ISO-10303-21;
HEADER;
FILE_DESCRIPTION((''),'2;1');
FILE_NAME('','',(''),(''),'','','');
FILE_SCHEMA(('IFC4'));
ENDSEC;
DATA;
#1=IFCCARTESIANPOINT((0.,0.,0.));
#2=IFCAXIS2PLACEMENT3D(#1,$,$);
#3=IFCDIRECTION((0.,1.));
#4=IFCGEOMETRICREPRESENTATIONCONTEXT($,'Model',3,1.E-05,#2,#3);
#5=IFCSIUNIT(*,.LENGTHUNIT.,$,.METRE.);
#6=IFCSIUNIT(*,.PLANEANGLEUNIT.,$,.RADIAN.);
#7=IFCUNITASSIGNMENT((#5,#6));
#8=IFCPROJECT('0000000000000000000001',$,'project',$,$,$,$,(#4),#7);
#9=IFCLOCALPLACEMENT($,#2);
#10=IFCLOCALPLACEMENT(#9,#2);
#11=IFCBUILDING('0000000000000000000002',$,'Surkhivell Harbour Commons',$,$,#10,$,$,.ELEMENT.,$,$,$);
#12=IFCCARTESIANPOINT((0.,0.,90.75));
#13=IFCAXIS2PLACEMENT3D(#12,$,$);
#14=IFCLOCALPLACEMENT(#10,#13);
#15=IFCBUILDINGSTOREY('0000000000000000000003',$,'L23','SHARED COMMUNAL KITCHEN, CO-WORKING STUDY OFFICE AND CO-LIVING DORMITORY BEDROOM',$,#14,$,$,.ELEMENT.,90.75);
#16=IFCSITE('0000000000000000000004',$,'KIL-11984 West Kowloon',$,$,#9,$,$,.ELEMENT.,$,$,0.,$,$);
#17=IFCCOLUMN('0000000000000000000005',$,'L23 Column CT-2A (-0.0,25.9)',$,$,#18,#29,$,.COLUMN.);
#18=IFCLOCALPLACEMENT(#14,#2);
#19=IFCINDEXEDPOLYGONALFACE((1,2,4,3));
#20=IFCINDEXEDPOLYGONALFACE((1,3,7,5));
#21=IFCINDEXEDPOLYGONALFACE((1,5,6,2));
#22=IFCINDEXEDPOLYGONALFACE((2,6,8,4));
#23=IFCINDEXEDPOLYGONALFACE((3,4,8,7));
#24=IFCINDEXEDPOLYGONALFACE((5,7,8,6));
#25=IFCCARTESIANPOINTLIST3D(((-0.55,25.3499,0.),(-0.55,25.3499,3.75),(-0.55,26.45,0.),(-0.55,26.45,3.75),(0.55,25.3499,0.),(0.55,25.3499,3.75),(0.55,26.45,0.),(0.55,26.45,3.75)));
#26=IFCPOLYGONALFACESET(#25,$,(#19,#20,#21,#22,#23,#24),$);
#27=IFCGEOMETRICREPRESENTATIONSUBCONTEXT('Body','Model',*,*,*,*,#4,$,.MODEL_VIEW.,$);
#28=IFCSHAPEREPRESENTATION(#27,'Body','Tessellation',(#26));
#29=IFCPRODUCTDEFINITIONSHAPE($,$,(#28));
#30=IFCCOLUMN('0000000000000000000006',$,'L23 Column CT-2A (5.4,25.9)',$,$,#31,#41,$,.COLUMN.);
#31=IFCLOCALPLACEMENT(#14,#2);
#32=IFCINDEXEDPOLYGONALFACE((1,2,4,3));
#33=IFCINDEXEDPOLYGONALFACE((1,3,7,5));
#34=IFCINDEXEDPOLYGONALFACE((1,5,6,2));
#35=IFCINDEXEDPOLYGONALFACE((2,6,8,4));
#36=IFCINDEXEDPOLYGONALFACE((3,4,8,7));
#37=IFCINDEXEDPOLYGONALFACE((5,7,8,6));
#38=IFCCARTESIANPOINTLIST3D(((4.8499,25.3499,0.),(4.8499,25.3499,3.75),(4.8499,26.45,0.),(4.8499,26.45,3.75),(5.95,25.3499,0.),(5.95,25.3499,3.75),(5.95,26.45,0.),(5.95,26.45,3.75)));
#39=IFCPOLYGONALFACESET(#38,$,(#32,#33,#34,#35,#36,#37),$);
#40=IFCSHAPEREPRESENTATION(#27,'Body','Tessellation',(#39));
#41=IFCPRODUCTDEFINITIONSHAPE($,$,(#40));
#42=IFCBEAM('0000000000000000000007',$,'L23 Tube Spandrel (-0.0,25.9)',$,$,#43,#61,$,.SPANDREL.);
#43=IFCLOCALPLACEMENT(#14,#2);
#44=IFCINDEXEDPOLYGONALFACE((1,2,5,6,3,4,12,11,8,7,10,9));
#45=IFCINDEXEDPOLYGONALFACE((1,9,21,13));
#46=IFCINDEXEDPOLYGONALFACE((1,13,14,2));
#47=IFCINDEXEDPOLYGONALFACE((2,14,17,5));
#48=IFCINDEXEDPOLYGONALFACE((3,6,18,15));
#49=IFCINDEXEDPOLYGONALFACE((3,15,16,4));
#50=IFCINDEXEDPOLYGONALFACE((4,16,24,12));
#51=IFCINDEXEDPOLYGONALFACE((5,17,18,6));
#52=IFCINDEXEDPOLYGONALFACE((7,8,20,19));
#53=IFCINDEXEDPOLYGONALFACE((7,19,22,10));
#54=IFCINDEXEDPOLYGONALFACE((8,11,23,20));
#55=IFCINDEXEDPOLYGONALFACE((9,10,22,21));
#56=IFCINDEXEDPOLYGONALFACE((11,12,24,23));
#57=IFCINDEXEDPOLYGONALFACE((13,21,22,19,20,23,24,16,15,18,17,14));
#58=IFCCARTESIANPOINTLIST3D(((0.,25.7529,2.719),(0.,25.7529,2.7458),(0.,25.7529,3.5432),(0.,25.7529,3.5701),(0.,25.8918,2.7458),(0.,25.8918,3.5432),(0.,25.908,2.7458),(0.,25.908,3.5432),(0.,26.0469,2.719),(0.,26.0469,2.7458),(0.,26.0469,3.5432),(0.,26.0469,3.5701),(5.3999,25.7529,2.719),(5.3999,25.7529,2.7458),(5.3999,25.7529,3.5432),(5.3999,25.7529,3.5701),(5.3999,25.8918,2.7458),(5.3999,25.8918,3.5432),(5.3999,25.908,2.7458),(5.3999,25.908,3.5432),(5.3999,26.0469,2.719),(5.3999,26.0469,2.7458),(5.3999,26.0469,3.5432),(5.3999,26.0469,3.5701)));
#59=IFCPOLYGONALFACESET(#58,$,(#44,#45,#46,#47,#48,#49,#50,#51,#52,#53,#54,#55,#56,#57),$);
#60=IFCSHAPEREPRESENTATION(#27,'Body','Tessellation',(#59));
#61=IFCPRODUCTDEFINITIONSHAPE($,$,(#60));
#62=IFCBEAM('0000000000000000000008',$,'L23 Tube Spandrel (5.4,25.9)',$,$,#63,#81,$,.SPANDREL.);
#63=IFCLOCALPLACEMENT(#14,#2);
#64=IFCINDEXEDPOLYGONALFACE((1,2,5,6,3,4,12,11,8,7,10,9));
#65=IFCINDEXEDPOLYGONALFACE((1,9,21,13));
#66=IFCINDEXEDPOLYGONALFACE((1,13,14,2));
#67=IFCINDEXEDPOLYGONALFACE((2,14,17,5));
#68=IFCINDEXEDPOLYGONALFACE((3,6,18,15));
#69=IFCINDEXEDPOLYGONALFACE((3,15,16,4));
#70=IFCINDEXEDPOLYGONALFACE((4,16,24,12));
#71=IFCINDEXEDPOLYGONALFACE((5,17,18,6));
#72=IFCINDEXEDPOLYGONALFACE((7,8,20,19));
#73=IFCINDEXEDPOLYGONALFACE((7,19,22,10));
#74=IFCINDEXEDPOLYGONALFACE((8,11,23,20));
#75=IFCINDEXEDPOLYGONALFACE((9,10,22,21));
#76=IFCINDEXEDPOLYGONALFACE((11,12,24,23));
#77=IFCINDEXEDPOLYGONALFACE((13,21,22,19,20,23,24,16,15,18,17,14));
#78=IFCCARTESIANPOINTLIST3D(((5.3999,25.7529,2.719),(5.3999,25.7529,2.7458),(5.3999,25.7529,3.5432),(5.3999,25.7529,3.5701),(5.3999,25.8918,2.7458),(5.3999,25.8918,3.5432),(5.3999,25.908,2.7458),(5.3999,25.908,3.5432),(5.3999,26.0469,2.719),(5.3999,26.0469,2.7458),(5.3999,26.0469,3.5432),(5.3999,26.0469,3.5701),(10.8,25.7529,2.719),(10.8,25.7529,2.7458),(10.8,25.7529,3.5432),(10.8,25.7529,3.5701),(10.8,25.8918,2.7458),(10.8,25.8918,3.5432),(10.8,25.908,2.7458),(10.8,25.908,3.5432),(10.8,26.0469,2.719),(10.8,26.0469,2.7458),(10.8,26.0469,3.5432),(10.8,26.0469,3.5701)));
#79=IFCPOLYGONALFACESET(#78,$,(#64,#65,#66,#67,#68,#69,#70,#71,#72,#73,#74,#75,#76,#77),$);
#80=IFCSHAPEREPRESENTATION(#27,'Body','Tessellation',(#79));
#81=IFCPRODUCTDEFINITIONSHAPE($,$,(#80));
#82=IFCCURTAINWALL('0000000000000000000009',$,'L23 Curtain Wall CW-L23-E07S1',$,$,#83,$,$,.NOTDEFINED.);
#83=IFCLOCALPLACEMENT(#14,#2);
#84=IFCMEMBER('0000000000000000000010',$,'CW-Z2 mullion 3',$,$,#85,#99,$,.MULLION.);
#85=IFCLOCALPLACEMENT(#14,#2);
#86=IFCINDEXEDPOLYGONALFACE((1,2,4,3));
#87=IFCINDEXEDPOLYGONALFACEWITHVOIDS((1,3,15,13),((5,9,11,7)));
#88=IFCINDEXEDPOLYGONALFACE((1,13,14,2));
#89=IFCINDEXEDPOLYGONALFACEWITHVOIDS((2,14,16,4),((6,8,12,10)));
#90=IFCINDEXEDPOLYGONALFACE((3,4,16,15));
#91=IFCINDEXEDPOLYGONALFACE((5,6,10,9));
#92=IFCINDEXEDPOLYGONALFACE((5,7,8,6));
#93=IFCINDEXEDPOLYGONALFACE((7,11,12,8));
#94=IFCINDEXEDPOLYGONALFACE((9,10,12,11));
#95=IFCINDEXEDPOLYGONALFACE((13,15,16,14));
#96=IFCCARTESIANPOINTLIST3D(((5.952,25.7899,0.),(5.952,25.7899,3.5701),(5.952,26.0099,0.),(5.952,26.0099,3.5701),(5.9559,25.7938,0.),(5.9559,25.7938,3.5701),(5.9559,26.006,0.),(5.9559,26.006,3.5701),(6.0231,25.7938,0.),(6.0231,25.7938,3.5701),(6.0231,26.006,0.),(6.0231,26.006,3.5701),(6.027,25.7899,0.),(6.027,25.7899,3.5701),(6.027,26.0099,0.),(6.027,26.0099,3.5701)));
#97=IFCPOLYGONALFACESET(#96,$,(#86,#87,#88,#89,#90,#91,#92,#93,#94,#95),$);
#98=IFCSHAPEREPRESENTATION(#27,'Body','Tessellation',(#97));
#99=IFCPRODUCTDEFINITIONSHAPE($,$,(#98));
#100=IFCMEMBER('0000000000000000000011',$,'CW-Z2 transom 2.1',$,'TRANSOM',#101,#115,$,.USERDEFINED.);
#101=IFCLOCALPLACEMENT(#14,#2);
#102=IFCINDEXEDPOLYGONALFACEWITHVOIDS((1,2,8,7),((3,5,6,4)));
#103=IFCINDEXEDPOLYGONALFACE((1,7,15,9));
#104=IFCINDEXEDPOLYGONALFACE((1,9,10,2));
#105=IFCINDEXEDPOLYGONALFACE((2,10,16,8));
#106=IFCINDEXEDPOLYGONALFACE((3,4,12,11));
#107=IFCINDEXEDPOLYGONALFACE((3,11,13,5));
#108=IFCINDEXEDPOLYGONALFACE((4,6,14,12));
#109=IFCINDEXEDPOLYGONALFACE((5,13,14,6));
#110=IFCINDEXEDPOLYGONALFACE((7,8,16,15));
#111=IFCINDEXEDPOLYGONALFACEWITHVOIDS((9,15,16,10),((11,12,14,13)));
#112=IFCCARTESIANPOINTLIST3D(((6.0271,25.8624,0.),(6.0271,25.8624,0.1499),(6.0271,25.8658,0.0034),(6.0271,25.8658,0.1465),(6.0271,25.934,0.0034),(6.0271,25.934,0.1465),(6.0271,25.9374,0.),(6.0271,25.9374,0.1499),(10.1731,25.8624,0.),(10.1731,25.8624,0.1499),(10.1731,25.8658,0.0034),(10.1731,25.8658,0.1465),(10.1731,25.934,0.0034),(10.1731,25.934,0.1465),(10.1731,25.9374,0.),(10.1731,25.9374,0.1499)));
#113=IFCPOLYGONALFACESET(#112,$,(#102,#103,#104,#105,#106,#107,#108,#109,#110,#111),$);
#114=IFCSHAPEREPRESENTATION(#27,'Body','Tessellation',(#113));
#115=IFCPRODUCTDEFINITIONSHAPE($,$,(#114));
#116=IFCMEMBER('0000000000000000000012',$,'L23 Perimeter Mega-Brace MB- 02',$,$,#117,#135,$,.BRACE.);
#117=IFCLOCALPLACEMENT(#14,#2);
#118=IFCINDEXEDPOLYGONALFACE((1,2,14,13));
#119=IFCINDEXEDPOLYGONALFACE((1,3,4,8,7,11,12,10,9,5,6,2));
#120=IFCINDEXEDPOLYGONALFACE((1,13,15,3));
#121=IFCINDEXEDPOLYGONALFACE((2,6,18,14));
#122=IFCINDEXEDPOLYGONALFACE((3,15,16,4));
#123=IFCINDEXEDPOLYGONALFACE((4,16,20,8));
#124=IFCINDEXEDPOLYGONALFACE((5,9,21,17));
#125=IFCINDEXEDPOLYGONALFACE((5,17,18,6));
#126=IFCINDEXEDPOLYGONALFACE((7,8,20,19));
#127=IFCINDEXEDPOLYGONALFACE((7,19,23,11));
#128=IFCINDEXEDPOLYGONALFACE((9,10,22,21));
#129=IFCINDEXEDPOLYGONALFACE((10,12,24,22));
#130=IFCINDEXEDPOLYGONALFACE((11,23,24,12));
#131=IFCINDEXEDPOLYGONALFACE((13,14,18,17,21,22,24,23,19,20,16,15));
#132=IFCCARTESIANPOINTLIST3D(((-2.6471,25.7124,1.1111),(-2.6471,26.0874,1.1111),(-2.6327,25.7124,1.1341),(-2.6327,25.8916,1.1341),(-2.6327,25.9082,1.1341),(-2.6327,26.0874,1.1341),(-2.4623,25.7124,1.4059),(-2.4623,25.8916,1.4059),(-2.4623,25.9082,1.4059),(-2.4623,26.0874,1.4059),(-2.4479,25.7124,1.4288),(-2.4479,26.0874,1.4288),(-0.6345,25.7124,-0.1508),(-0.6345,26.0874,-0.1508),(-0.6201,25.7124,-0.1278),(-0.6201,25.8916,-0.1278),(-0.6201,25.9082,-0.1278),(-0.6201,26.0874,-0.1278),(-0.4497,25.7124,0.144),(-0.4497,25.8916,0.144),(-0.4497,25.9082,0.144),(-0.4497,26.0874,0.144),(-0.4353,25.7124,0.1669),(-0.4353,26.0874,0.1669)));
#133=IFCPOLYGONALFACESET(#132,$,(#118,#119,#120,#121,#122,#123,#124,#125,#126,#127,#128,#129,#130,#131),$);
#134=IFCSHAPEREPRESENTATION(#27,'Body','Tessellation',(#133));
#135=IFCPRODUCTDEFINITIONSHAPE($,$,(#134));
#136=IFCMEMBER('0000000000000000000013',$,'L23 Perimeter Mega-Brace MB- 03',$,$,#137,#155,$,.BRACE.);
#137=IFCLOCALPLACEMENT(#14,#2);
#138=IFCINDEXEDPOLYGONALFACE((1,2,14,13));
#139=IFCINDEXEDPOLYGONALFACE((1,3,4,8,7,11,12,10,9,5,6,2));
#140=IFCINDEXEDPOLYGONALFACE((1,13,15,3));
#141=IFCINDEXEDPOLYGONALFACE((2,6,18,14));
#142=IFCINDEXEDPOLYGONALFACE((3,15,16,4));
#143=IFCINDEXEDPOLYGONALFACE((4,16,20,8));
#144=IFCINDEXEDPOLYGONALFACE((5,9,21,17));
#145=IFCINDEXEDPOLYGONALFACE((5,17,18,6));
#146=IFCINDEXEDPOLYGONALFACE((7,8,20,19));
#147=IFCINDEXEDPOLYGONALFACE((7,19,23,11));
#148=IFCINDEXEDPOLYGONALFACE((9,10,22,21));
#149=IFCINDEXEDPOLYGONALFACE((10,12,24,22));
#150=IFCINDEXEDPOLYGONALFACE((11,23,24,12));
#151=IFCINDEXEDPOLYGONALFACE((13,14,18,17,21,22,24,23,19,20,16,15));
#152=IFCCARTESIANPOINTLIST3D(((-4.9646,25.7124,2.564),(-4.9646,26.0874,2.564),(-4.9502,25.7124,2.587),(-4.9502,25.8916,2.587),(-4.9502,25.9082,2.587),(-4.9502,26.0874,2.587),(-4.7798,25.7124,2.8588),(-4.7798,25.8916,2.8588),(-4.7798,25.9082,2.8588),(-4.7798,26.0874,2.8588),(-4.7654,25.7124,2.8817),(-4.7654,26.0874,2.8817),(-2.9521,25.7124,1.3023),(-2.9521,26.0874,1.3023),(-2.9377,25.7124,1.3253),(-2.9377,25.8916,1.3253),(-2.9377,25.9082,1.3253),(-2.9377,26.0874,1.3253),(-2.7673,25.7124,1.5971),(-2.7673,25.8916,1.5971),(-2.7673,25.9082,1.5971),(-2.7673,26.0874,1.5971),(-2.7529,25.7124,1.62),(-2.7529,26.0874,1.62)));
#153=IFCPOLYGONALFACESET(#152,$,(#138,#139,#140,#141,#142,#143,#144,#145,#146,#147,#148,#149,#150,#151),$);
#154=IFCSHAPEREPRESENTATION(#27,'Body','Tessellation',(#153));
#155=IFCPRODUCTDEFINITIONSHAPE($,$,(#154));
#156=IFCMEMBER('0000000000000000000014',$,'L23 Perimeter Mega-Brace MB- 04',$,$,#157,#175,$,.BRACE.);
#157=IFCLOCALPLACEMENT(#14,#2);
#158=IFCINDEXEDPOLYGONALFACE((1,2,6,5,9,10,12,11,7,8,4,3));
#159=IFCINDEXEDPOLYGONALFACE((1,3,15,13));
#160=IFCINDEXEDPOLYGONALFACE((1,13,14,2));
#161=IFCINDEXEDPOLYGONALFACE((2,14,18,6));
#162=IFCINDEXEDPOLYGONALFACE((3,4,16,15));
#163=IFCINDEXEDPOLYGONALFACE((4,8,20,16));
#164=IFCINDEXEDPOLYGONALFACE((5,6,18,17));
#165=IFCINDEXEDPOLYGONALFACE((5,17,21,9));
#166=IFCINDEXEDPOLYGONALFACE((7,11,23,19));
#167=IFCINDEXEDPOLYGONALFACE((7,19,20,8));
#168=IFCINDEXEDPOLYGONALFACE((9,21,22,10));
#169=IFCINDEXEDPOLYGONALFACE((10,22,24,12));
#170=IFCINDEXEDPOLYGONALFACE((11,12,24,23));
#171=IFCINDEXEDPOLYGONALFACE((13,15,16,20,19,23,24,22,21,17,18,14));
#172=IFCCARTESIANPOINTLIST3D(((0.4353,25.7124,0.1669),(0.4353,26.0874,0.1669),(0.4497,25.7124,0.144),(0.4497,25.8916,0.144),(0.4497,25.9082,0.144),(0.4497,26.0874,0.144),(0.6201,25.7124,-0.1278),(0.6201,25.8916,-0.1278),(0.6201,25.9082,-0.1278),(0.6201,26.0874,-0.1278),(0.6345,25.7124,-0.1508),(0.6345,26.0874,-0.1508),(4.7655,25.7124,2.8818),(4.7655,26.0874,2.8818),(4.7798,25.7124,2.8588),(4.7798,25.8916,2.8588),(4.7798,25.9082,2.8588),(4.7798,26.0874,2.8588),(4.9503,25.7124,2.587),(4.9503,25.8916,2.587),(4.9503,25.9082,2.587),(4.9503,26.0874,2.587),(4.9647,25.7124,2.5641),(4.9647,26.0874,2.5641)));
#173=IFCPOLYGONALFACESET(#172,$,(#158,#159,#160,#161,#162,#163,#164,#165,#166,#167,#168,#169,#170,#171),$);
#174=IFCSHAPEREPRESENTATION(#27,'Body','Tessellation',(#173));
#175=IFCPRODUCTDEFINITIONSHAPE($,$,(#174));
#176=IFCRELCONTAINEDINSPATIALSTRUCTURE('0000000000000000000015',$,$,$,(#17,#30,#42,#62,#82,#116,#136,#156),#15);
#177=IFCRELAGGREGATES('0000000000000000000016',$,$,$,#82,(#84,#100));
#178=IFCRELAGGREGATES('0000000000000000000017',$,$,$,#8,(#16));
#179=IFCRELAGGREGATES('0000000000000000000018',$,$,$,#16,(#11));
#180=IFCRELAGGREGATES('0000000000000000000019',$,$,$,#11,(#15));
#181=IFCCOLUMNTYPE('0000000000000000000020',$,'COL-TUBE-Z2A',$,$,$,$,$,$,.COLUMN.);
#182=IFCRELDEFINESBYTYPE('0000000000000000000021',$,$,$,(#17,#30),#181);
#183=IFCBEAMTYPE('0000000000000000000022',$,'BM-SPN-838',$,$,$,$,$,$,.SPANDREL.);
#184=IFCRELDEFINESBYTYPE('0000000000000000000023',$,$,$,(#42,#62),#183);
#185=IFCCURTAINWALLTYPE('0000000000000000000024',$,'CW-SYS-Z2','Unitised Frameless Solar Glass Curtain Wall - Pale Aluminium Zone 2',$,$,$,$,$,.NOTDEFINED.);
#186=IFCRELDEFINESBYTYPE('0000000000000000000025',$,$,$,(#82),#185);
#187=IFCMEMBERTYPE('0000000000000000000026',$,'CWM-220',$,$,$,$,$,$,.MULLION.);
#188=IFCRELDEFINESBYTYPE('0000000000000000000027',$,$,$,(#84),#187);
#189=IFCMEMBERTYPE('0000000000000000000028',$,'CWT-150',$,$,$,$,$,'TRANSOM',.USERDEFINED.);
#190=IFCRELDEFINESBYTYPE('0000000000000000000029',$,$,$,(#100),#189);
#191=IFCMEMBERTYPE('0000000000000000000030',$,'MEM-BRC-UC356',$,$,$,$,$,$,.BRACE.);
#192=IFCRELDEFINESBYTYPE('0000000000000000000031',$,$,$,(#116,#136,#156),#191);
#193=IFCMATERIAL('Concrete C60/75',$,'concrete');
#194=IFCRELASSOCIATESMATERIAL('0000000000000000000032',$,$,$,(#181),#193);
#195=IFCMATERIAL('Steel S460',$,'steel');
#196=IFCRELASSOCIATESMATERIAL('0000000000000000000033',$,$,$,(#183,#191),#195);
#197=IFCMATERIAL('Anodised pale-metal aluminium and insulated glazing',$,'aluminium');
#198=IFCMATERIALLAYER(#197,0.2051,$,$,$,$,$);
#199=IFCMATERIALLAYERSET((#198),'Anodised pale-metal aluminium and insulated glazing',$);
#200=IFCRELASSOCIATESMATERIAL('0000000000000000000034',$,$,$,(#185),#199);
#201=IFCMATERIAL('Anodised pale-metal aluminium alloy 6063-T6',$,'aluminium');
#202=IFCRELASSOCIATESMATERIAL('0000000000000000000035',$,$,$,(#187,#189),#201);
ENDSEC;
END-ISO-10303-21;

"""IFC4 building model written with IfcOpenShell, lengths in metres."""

from ifc_helpers import new_model, si_unit, direction, frame, origin, origin_2d, place, context, subcontext, project, spatial, rectangle, hollow_rectangle, i_section, extrude, material, layer, layer_set, material_profile, profile_set, type_object, element, aggregate, save


model = new_model("IFC4")

# Units and contexts
model_context = context("Model", 3, precision=1e-05, world=origin(), true_north=direction((0.0, 1.0)))
body_context = subcontext(model_context, "Body", "Model", "MODEL_VIEW")
ifc_project = project(units=[si_unit("LENGTHUNIT", "METRE"), si_unit("PLANEANGLEUNIT", "RADIAN")], contexts=[model_context])

# Site, building, storey
site_placement = place(None, origin())
site = spatial("IfcSite", under=ifc_project, at=site_placement, Name="KIL-11984 West Kowloon", CompositionType="ELEMENT", RefElevation=0.0)
building_placement = place(site_placement, origin())
building = spatial("IfcBuilding", under=site, at=building_placement, Name="Surkhivell Harbour Commons", CompositionType="ELEMENT")
storey_placement = place(building_placement, frame((0.0, 0.0, 90.75)))
storey = spatial("IfcBuildingStorey", under=building, at=storey_placement, Name="L23", Description="SHARED COMMUNAL KITCHEN, CO-WORKING STUDY OFFICE AND CO-LIVING DORMITORY BEDROOM", CompositionType="ELEMENT", Elevation=90.75)

# Columns
ifc_material_1 = material(Name="Concrete C60/75", Category="concrete")
ifc_material_profile_1 = material_profile(ifc_material_1, rectangle(XDim=1.1001, YDim=1.1001, at=origin_2d()), Name="RC-COL-1100x1100")
ifc_profile_set_1 = profile_set([ifc_material_profile_1], Name="Concrete C60/75")
column_type = type_object("IfcColumnType", Name="COL-TUBE-Z2A", PredefinedType="COLUMN", material=ifc_profile_set_1)
for number, where, z_axis, x_axis, name in (
    (1, (0.0, 25.8999, 0.0), (0.0, 0.0, 1.0), (1.0, 0.0, 0.0), "L23 Column CT-2A (-0.0,25.9)"),
    (2, (5.3999, 25.8999, 0.0), (0.0, 0.0, 1.0), (1.0, 0.0, 0.0), "L23 Column CT-2A (5.4,25.9)"),
):
    element("IfcColumn", number, at=place(storey_placement, frame(where, z_axis=z_axis, x_axis=x_axis)), inside=storey, type_object=column_type, Name=name, PredefinedType="COLUMN", context=body_context, shape_type="SweptSolid", body=[
        extrude(rectangle(XDim=1.1001, YDim=1.1001, at=origin_2d()), origin(), (0.0, 0.0, 1.0), 3.75),
    ])

# Beams
ifc_material_2 = material(Name="Steel S460", Category="steel")
ifc_material_profile_2 = material_profile(ifc_material_2, i_section(OverallWidth=0.2939, OverallDepth=0.8511, WebThickness=0.0161, FlangeThickness=0.0269, at=origin_2d()), Name="UB838x292x226")
ifc_profile_set_2 = profile_set([ifc_material_profile_2], Name="Steel S460")
beam_type = type_object("IfcBeamType", Name="BM-SPN-838", PredefinedType="SPANDREL", material=ifc_profile_set_2)
beam_1_placement = place(storey_placement, frame((0.0, 25.8999, 3.1445), z_axis=(1.0, 0.0, 0.0), x_axis=(0.0, 1.0, 0.0)))
element("IfcBeam", 3, at=beam_1_placement, inside=storey, type_object=beam_type, Name="L23 Tube Spandrel (-0.0,25.9)", PredefinedType="SPANDREL", context=body_context, shape_type="SweptSolid", body=[
    extrude(i_section(OverallWidth=0.2939, OverallDepth=0.8511, WebThickness=0.0161, FlangeThickness=0.0269, at=origin_2d()), origin(), (0.0, 0.0, 1.0), 5.3999),
])
beam_2_placement = place(storey_placement, frame((5.3999, 25.8999, 3.1445), z_axis=(1.0, 0.0, 0.0), x_axis=(0.0, 1.0, 0.0)))
element("IfcBeam", 4, at=beam_2_placement, inside=storey, type_object=beam_type, Name="L23 Tube Spandrel (5.4,25.9)", PredefinedType="SPANDREL", context=body_context, shape_type="SweptSolid", body=[
    extrude(i_section(OverallWidth=0.2939, OverallDepth=0.8511, WebThickness=0.0161, FlangeThickness=0.0269, at=origin_2d()), origin(), (0.0, 0.0, 1.0), 5.4001),
])

# Curtain wall, members
ifc_material_3 = material(Name="Anodised pale-metal aluminium and insulated glazing", Category="aluminium")
ifc_layer_1 = layer(ifc_material_3, 0.2051)
ifc_layer_set_1 = layer_set([ifc_layer_1], Name="Anodised pale-metal aluminium and insulated glazing")
curtain_wall_type = type_object("IfcCurtainWallType", Name="CW-SYS-Z2", Description="Unitised Frameless Solar Glass Curtain Wall - Pale Aluminium Zone 2", PredefinedType="NOTDEFINED", material=ifc_layer_set_1)
curtain_wall_placement = place(storey_placement, origin())
curtain_wall = element("IfcCurtainWall", 5, at=curtain_wall_placement, inside=storey, type_object=curtain_wall_type, Name="L23 Curtain Wall CW-L23-E07S1", PredefinedType="NOTDEFINED")
ifc_material_4 = material(Name="Anodised pale-metal aluminium alloy 6063-T6", Category="aluminium")
ifc_material_profile_3 = material_profile(ifc_material_4, hollow_rectangle(XDim=0.075, YDim=0.22, WallThickness=0.0039, at=origin_2d()), Name="ALU-MULL-75x220")
ifc_profile_set_3 = profile_set([ifc_material_profile_3], Name="Anodised pale-metal aluminium alloy 6063-T6")
member_type_1 = type_object("IfcMemberType", Name="CWM-220", PredefinedType="MULLION", material=ifc_profile_set_3)
member_1_placement = place(storey_placement, frame((5.9895, 25.8999, 0.0), z_axis=(0.0, 0.0, 1.0), x_axis=(-1.0, 0.0, 0.0)))
member_1 = element("IfcMember", 6, at=member_1_placement, type_object=member_type_1, Name="CW-Z2 mullion 3", PredefinedType="MULLION", context=body_context, shape_type="SweptSolid", body=[
    extrude(hollow_rectangle(XDim=0.075, YDim=0.22, WallThickness=0.0039, at=origin_2d()), origin(), (0.0, 0.0, 1.0), 3.5701),
])
ifc_material_profile_4 = material_profile(ifc_material_4, hollow_rectangle(XDim=0.075, YDim=0.1499, WallThickness=0.0034, at=origin_2d()), Name="ALU-TRAN-75x150")
ifc_profile_set_4 = profile_set([ifc_material_profile_4], Name="Anodised pale-metal aluminium alloy 6063-T6")
member_type_2 = type_object("IfcMemberType", Name="CWT-150", ElementType="TRANSOM", PredefinedType="USERDEFINED", material=ifc_profile_set_4)
member_2_placement = place(storey_placement, frame((10.1731, 25.8999, 0.075), z_axis=(-1.0, 0.0, 0.0), x_axis=(0.0, -1.0, 0.0)))
member_2 = element("IfcMember", 7, at=member_2_placement, type_object=member_type_2, Name="CW-Z2 transom 2.1", ObjectType="TRANSOM", PredefinedType="USERDEFINED", context=body_context, shape_type="SweptSolid", body=[
    extrude(hollow_rectangle(XDim=0.075, YDim=0.1499, WallThickness=0.0034, at=origin_2d()), origin(), (0.0, 0.0, 1.0), 4.146),
])
aggregate(curtain_wall, [member_1, member_2])

# Members
ifc_material_profile_5 = material_profile(ifc_material_2, i_section(OverallWidth=0.375, OverallDepth=0.375, WebThickness=0.0166, FlangeThickness=0.0271, at=origin_2d()), Name="UC356x368x202")
ifc_profile_set_5 = profile_set([ifc_material_profile_5], Name="Steel S460")
member_type_3 = type_object("IfcMemberType", Name="MEM-BRC-UC356", PredefinedType="BRACE", material=ifc_profile_set_5)
member_3_placement = place(storey_placement, frame((-0.5349, 25.8999, 0.0081), z_axis=(-0.847235, 0.0, 0.531218), x_axis=(0.0, -1.0, 0.0)))
element("IfcMember", 8, at=member_3_placement, inside=storey, type_object=member_type_3, Name="L23 Perimeter Mega-Brace MB- 02", PredefinedType="BRACE", context=body_context, shape_type="SweptSolid", body=[
    extrude(i_section(OverallWidth=0.375, OverallDepth=0.375, WebThickness=0.0166, FlangeThickness=0.0271, at=origin_2d()), origin(), (0.0, 0.0, 1.0), 2.3755),
])
member_4_placement = place(storey_placement, frame((-2.8525, 25.8999, 1.4612), z_axis=(-0.847253, 0.0, 0.53119), x_axis=(0.0, -1.0, 0.0)))
element("IfcMember", 9, at=member_4_placement, inside=storey, type_object=member_type_3, Name="L23 Perimeter Mega-Brace MB- 03", PredefinedType="BRACE", context=body_context, shape_type="SweptSolid", body=[
    extrude(i_section(OverallWidth=0.375, OverallDepth=0.375, WebThickness=0.0166, FlangeThickness=0.0271, at=origin_2d()), origin(), (0.0, 0.0, 1.0), 2.3752),
])
member_5_placement = place(storey_placement, frame((0.5349, 25.8999, 0.0081), z_axis=(0.847246, 0.0, 0.531201), x_axis=(0.0, 1.0, 0.0)))
element("IfcMember", 10, at=member_5_placement, inside=storey, type_object=member_type_3, Name="L23 Perimeter Mega-Brace MB- 04", PredefinedType="BRACE", context=body_context, shape_type="SweptSolid", body=[
    extrude(i_section(OverallWidth=0.375, OverallDepth=0.375, WebThickness=0.0166, FlangeThickness=0.0271, at=origin_2d()), origin(), (0.0, 0.0, 1.0), 5.1108),
])

save(model, "model.ifc")
